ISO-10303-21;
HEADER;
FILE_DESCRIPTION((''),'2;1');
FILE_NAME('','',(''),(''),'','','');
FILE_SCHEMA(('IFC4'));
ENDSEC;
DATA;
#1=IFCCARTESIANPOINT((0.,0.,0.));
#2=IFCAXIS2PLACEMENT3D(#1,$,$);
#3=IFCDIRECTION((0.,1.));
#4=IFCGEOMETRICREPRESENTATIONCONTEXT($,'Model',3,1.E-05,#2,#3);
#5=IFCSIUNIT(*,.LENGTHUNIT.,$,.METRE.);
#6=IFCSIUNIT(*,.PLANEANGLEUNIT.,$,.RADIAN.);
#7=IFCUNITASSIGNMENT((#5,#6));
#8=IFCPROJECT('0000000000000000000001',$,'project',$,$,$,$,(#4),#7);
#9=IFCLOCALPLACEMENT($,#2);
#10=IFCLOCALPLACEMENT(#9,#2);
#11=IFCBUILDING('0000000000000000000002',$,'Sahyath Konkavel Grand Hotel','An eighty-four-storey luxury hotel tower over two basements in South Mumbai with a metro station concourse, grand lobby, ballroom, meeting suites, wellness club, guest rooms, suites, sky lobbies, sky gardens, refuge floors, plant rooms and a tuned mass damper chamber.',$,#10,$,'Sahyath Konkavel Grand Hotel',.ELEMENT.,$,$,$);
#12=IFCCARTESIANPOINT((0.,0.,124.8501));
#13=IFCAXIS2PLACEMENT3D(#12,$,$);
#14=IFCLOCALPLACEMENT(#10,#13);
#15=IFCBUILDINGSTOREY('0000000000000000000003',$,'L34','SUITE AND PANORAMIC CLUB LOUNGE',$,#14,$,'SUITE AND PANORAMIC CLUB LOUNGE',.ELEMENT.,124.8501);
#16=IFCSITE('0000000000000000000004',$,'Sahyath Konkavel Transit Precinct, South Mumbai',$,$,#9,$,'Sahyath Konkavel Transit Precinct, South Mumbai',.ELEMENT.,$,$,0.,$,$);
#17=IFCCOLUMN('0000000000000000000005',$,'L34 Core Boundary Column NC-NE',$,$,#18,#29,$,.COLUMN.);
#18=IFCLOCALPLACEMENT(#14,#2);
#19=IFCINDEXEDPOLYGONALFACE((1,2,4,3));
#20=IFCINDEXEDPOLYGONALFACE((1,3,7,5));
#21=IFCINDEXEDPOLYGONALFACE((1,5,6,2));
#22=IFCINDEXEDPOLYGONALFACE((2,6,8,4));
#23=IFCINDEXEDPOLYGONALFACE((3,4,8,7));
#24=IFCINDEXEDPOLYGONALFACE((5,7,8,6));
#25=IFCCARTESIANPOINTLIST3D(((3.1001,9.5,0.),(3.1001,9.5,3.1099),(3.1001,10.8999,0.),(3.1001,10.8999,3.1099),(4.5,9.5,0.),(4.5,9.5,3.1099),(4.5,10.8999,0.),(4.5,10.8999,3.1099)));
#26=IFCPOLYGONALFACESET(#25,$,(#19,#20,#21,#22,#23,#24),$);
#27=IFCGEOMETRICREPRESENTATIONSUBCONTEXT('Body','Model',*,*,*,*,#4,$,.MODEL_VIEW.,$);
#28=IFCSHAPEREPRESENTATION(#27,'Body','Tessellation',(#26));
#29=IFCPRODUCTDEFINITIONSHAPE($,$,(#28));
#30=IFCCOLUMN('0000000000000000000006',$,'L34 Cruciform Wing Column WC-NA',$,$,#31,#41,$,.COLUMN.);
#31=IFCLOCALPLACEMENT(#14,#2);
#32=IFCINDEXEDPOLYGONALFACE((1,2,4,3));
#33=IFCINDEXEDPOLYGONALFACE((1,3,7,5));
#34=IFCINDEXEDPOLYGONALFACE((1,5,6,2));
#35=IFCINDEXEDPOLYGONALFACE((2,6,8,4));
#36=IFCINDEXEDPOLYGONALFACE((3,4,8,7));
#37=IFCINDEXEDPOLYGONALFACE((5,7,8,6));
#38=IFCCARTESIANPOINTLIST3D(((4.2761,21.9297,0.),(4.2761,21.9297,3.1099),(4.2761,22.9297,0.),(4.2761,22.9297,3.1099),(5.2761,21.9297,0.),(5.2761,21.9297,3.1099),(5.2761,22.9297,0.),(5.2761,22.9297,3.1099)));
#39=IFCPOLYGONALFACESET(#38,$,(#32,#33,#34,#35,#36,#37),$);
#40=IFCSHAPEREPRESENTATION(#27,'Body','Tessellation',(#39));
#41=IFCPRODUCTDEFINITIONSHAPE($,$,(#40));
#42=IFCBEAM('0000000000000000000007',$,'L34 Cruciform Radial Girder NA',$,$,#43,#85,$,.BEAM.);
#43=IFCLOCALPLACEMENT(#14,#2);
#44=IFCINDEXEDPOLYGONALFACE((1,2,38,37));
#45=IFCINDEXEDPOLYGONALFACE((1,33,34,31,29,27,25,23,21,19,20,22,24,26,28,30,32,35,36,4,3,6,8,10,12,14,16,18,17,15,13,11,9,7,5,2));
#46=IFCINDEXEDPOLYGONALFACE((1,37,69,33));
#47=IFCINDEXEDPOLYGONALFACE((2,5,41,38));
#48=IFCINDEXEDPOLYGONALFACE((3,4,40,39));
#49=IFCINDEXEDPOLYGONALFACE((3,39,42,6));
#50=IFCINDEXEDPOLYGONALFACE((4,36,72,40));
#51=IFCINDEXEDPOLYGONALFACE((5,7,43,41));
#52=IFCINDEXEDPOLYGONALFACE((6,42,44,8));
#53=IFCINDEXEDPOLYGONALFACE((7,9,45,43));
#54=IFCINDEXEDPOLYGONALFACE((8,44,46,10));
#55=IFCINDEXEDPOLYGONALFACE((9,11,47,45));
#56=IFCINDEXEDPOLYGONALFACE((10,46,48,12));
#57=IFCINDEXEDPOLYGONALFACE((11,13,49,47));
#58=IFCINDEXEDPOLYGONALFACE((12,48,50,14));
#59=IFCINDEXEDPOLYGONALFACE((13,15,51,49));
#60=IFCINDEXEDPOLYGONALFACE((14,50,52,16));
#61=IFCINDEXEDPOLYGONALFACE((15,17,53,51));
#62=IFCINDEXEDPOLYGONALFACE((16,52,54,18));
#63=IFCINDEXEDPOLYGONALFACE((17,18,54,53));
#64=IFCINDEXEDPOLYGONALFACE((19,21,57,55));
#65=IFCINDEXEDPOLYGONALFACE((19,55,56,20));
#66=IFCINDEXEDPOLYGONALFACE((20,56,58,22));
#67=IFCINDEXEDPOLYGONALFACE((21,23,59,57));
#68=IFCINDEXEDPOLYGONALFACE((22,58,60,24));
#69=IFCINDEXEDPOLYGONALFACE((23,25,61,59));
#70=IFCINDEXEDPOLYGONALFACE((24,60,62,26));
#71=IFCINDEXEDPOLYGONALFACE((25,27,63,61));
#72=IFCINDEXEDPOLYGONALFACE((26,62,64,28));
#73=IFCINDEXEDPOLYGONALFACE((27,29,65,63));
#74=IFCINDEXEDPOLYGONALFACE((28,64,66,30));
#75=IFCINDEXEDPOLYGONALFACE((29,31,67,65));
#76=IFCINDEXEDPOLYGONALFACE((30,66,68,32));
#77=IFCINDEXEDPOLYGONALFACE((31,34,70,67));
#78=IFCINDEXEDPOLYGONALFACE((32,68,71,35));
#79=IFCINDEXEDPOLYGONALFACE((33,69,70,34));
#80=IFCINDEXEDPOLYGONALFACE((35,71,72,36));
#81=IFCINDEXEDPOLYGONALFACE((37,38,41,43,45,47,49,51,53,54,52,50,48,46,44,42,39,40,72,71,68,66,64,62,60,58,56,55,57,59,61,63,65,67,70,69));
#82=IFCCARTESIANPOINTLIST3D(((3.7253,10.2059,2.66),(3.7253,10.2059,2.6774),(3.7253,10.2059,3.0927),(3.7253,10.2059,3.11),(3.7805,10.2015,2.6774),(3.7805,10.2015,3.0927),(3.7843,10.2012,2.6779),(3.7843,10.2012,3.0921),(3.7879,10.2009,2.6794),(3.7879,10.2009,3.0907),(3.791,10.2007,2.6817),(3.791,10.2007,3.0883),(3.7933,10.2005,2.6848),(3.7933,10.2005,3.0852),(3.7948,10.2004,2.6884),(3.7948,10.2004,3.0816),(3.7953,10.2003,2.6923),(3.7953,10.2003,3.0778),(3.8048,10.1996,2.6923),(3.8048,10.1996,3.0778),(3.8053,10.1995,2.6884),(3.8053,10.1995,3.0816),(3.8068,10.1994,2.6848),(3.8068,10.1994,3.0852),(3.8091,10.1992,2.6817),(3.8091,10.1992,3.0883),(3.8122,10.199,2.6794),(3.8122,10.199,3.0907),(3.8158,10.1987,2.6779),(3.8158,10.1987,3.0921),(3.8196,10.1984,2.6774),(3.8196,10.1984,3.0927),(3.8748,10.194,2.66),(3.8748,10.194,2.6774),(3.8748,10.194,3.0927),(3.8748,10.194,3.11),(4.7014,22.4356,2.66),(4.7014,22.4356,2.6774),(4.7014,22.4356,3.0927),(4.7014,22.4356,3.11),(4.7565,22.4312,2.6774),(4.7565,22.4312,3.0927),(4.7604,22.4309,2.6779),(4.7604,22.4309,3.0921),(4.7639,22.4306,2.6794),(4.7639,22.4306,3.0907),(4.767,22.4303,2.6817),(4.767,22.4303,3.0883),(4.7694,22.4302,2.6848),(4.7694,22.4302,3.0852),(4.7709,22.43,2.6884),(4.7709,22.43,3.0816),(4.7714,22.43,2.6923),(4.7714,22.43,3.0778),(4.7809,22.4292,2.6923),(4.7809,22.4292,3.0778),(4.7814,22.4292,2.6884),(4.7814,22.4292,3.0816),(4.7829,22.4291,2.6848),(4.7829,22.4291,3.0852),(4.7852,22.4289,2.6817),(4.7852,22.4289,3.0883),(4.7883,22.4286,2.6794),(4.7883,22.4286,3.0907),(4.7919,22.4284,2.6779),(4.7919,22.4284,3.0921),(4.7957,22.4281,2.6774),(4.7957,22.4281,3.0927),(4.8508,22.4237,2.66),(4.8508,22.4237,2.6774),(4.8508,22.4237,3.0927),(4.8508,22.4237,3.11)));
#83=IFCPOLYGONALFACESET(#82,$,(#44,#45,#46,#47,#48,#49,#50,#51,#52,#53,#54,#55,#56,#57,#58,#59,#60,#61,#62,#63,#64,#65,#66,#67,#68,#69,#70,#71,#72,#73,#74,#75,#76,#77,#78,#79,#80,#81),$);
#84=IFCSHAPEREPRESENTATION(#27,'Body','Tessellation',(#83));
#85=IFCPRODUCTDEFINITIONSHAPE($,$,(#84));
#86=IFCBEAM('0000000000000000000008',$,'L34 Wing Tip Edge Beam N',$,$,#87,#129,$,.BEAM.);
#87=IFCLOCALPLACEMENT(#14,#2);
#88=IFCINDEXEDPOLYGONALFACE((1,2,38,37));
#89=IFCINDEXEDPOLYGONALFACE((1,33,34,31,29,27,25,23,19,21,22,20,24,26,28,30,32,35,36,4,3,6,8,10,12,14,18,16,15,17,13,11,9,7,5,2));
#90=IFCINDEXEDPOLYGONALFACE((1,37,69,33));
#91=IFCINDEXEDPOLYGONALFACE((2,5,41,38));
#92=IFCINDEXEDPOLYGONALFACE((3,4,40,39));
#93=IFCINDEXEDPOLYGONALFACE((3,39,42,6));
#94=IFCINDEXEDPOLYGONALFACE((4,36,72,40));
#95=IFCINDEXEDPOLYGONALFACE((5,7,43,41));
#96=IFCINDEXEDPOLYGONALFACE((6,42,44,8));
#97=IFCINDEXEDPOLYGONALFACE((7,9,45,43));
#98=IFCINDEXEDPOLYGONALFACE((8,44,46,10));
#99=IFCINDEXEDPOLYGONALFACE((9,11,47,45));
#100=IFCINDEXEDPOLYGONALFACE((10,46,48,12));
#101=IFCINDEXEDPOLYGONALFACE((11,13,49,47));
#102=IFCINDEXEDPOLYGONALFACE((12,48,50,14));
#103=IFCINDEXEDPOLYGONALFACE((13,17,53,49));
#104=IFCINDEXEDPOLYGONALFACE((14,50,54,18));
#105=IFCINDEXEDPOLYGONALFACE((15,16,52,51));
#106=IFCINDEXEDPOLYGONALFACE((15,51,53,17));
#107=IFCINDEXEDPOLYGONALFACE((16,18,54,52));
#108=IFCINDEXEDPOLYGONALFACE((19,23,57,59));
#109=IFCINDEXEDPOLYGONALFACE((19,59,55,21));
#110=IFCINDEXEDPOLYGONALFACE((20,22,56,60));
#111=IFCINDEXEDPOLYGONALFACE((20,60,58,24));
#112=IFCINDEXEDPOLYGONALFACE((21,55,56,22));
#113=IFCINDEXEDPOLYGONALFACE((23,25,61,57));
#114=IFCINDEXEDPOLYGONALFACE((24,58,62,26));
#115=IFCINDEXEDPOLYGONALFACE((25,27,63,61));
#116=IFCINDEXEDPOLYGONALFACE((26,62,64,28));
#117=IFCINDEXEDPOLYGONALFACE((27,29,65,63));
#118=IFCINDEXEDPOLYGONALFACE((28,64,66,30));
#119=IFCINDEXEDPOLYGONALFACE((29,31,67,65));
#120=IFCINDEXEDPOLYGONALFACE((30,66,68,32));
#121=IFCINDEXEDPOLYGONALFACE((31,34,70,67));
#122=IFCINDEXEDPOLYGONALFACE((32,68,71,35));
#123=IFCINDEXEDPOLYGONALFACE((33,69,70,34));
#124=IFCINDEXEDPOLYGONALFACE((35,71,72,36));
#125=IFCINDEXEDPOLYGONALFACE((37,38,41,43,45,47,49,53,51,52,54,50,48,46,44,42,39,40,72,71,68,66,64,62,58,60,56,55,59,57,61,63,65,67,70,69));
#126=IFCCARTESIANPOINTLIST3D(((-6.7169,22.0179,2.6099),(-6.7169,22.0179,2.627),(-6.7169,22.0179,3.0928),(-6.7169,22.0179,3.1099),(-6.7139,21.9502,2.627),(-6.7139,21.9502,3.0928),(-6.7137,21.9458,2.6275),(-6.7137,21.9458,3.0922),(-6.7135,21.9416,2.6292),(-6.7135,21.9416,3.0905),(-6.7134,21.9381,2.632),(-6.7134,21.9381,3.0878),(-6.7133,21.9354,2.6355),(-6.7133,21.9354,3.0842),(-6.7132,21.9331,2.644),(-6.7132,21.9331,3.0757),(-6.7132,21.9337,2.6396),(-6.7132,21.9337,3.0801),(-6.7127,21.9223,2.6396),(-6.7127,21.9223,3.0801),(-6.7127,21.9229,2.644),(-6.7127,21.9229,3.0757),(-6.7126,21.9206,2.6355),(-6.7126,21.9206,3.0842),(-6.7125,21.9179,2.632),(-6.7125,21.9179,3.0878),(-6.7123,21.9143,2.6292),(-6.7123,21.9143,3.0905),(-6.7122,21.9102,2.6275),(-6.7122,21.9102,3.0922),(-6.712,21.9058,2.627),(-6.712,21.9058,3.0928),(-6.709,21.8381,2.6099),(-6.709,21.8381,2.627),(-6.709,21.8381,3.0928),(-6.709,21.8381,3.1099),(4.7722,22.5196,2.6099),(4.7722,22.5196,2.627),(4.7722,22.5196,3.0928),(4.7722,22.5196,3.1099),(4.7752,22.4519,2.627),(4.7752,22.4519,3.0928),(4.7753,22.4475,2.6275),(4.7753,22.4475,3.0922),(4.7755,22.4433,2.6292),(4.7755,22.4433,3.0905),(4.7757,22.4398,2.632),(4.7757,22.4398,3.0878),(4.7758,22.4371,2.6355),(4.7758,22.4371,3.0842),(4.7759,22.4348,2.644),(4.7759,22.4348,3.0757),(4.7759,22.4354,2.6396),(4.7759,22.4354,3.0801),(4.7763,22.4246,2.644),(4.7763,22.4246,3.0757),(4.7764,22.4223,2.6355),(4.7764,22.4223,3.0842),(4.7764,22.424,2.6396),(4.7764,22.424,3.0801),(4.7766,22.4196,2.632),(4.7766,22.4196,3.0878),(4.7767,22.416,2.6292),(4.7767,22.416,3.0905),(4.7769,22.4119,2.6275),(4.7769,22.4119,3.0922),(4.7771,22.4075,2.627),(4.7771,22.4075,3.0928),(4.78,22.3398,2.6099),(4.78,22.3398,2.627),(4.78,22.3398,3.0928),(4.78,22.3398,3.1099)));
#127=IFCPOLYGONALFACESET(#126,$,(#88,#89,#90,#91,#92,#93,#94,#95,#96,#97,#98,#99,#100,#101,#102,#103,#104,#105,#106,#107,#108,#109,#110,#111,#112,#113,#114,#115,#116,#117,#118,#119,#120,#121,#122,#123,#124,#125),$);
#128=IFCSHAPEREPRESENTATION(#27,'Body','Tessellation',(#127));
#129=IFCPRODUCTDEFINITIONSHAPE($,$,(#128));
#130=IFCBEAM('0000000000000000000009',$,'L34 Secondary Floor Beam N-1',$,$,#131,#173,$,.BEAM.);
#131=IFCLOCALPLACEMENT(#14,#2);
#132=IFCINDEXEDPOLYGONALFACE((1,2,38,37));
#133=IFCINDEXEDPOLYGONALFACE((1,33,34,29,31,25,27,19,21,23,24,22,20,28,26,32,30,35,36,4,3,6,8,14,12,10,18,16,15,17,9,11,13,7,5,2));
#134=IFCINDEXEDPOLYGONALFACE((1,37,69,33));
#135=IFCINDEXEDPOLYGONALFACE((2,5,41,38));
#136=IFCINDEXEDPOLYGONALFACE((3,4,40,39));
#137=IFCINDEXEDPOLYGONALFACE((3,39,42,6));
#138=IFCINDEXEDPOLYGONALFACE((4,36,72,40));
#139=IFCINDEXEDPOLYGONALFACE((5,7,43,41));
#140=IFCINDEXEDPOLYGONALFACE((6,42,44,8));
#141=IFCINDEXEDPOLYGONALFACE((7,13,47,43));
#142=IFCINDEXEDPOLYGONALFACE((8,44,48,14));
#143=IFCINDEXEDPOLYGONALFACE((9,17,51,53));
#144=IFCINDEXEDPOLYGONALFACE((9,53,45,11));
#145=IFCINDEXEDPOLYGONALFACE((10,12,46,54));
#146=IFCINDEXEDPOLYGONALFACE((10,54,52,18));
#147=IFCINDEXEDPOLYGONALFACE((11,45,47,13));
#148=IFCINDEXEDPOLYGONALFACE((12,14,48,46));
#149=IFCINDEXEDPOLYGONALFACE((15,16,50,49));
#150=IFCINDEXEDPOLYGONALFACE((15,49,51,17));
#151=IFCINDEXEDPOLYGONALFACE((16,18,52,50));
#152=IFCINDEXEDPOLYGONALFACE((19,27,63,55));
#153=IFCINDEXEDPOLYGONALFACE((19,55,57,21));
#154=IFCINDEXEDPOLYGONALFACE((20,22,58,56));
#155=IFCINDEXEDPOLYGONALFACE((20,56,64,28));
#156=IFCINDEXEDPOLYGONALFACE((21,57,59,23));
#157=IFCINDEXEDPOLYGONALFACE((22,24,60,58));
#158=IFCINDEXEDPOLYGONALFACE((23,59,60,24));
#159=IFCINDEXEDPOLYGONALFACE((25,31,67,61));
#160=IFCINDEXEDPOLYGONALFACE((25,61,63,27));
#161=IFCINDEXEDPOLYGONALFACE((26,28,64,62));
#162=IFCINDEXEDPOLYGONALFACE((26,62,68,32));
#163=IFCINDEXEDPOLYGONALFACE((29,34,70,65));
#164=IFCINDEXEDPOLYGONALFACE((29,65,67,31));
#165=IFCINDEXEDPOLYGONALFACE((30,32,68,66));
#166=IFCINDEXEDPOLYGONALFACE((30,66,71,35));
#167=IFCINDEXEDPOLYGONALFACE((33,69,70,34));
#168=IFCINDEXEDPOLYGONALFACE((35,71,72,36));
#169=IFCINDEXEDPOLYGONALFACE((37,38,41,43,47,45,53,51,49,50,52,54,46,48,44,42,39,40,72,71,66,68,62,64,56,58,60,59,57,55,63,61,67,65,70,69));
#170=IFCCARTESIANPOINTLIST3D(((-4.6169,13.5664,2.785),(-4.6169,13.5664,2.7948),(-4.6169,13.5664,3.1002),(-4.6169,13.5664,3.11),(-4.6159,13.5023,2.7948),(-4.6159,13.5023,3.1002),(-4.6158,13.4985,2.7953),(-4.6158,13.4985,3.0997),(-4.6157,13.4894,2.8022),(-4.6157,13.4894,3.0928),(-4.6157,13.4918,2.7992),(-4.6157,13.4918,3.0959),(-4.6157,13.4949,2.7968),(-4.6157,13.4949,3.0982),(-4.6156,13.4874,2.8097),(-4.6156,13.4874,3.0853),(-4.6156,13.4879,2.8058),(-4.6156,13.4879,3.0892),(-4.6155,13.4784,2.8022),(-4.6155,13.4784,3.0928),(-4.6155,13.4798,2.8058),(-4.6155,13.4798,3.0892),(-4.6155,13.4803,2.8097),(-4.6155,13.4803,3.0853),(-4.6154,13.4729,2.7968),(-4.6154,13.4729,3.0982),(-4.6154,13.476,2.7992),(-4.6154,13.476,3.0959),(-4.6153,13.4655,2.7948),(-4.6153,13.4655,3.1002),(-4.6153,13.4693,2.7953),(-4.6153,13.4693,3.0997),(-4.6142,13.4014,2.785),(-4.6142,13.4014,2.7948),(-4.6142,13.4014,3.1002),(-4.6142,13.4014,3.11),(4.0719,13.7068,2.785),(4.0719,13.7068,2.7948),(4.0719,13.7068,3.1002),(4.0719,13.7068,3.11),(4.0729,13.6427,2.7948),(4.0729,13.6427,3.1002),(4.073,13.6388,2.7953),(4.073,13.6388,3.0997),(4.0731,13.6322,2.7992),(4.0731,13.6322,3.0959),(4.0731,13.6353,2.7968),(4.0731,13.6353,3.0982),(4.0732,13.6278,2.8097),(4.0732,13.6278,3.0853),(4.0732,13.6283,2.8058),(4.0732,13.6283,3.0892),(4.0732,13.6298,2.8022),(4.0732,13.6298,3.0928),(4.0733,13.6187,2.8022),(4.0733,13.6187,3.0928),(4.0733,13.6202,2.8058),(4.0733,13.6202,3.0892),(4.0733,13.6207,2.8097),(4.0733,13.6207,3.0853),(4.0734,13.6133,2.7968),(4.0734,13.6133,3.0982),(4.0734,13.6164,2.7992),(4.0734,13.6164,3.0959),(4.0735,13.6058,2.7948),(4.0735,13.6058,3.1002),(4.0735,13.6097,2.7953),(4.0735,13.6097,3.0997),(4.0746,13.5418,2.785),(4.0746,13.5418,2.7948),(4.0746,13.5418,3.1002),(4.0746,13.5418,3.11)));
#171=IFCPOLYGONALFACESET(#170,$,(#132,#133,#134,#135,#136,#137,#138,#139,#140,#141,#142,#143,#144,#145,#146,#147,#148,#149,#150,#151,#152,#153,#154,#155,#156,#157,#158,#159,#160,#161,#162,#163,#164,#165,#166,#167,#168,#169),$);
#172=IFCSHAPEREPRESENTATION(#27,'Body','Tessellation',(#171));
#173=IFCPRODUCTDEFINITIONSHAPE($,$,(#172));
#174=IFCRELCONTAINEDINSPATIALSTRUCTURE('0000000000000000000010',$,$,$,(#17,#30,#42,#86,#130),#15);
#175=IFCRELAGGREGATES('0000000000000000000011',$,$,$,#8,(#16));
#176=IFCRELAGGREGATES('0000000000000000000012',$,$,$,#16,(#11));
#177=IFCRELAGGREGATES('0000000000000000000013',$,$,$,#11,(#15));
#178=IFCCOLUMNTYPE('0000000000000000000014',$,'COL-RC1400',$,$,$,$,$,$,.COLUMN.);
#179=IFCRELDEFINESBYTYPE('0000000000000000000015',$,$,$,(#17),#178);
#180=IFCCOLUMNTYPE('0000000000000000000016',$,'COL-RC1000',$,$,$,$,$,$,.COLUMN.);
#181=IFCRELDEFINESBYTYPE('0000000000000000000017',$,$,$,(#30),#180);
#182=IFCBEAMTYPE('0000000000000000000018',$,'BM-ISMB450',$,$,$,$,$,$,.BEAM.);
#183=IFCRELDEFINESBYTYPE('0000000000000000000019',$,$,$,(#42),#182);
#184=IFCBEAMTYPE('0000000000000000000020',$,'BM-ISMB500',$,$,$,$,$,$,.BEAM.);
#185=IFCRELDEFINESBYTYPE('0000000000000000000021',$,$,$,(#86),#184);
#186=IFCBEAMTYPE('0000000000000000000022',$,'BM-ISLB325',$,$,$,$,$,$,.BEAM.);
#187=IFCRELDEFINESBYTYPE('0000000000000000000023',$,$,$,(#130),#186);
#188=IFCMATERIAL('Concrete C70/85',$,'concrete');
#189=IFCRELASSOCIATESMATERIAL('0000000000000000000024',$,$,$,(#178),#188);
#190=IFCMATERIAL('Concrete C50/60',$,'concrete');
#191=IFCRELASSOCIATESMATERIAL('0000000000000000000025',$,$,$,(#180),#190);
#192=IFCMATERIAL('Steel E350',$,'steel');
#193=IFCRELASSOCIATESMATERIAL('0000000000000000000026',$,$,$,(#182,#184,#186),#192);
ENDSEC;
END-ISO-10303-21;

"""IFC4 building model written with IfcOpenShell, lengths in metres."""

from ifc_helpers import new_model, si_unit, direction, frame, origin, origin_2d, place, context, subcontext, project, spatial, rectangle, i_section, extrude, source, transform, mapped, material, material_profile, profile_set, type_object, element, save


model = new_model("IFC4")

# Units and contexts
model_context = context("Model", 3, precision=1e-05, world=origin(), true_north=direction((0.0, 1.0)))
body_context = subcontext(model_context, "Body", "Model", "MODEL_VIEW")
ifc_project = project(units=[si_unit("LENGTHUNIT", "METRE"), si_unit("PLANEANGLEUNIT", "RADIAN")], contexts=[model_context])

# Site, building, storey
site_placement = place(None, origin())
site = spatial("IfcSite", under=ifc_project, at=site_placement, Name="Sahyath Konkavel Transit Precinct, South Mumbai", LongName="Sahyath Konkavel Transit Precinct, South Mumbai", CompositionType="ELEMENT", RefElevation=0.0)
building_placement = place(site_placement, origin())
building = spatial("IfcBuilding", under=site, at=building_placement, Name="Sahyath Konkavel Grand Hotel", Description="An eighty-four-storey luxury hotel tower over two basements in South Mumbai with a metro station concourse, grand lobby, ballroom, meeting suites, wellness club, guest rooms, suites, sky lobbies, sky gardens, refuge floors, plant rooms and a tuned mass damper chamber.", LongName="Sahyath Konkavel Grand Hotel", CompositionType="ELEMENT")
storey_placement = place(building_placement, frame((0.0, 0.0, 124.8501)))
storey = spatial("IfcBuildingStorey", under=building, at=storey_placement, Name="L34", Description="SUITE AND PANORAMIC CLUB LOUNGE", LongName="SUITE AND PANORAMIC CLUB LOUNGE", CompositionType="ELEMENT", Elevation=124.8501)

# Columns
ifc_material_1 = material(Name="Concrete C70/85", Category="concrete")
ifc_material_profile_1 = material_profile(ifc_material_1, rectangle(XDim=1.3999, YDim=1.3999, at=origin_2d()), Name="RC 1400x1400")
ifc_profile_set_1 = profile_set([ifc_material_profile_1], Name="Concrete C70/85")
column_type_1 = type_object("IfcColumnType", Name="COL-RC1400", PredefinedType="COLUMN", material=ifc_profile_set_1)
shared_shape_1 = source(origin(), body_context, "Body", "SweptSolid", [
    extrude(rectangle(XDim=1.3999, YDim=1.3999, at=origin_2d()), origin(), (0.0, 0.0, 1.0), 3.1099),
])
column_1_placement = place(storey_placement, frame((3.8, 10.2, 0.0), z_axis=(0.0, 0.0, 1.0), x_axis=(1.0, 0.0, 0.0)))
element("IfcColumn", 1, at=column_1_placement, inside=storey, type_object=column_type_1, Name="L34 Core Boundary Column NC-NE", PredefinedType="COLUMN", context=body_context, shape_type="MappedRepresentation", body=[
    mapped(shared_shape_1, transform((0.0, 0.0, 0.0), scale=1.0)),
])
ifc_material_2 = material(Name="Concrete C50/60", Category="concrete")
ifc_material_profile_2 = material_profile(ifc_material_2, rectangle(XDim=1.0, YDim=1.0, at=origin_2d()), Name="RC 1000x1000")
ifc_profile_set_2 = profile_set([ifc_material_profile_2], Name="Concrete C50/60")
column_type_2 = type_object("IfcColumnType", Name="COL-RC1000", PredefinedType="COLUMN", material=ifc_profile_set_2)
shared_shape_2 = source(origin(), body_context, "Body", "SweptSolid", [
    extrude(rectangle(XDim=1.0, YDim=1.0, at=origin_2d()), origin(), (0.0, 0.0, 1.0), 3.1099),
])
column_2_placement = place(storey_placement, frame((4.7761, 22.4297, 0.0), z_axis=(0.0, 0.0, 1.0), x_axis=(1.0, 0.0, 0.0)))
element("IfcColumn", 2, at=column_2_placement, inside=storey, type_object=column_type_2, Name="L34 Cruciform Wing Column WC-NA", PredefinedType="COLUMN", context=body_context, shape_type="MappedRepresentation", body=[
    mapped(shared_shape_2, transform((0.0, 0.0, 0.0), scale=1.0)),
])

# Beams
ifc_material_3 = material(Name="Steel E350", Category="steel")
ifc_material_profile_3 = material_profile(ifc_material_3, i_section(OverallWidth=0.1499, OverallDepth=0.45, WebThickness=0.0095, FlangeThickness=0.0173, FilletRadius=0.0149, at=origin_2d()), Name="ISMB 450")
ifc_profile_set_3 = profile_set([ifc_material_profile_3], Name="Steel E350")
beam_type_1 = type_object("IfcBeamType", Name="BM-ISMB450", PredefinedType="BEAM", material=ifc_profile_set_3)
shared_shape_3 = source(origin(), body_context, "Body", "SweptSolid", [
    extrude(i_section(OverallWidth=0.1499, OverallDepth=0.45, WebThickness=0.0095, FlangeThickness=0.0173, FilletRadius=0.0149, at=origin_2d()), origin(), (0.0, 0.0, 1.0), 12.2686),
])
beam_1_placement = place(storey_placement, frame((3.8, 10.2, 2.885), z_axis=(0.079559, 0.99683, 0.0), x_axis=(-0.99683, 0.079559, 0.0)))
element("IfcBeam", 3, at=beam_1_placement, inside=storey, type_object=beam_type_1, Name="L34 Cruciform Radial Girder NA", PredefinedType="BEAM", context=body_context, shape_type="MappedRepresentation", body=[
    mapped(shared_shape_3, transform((0.0, 0.0, 0.0), scale=1.0)),
])
ifc_material_profile_4 = material_profile(ifc_material_3, i_section(OverallWidth=0.1799, OverallDepth=0.5, WebThickness=0.0103, FlangeThickness=0.0171, FilletRadius=0.0171, at=origin_2d()), Name="ISMB 500")
ifc_profile_set_4 = profile_set([ifc_material_profile_4], Name="Steel E350")
beam_type_2 = type_object("IfcBeamType", Name="BM-ISMB500", PredefinedType="BEAM", material=ifc_profile_set_4)
shared_shape_4 = source(origin(), body_context, "Body", "SweptSolid", [
    extrude(i_section(OverallWidth=0.1799, OverallDepth=0.5, WebThickness=0.0103, FlangeThickness=0.0171, FilletRadius=0.0171, at=origin_2d()), origin(), (0.0, 0.0, 1.0), 11.5),
])
beam_2_placement = place(storey_placement, frame((4.7761, 22.4297, 2.8599), z_axis=(-0.999048, -0.043627, 0.0), x_axis=(0.043627, -0.999048, 0.0)))
element("IfcBeam", 4, at=beam_2_placement, inside=storey, type_object=beam_type_2, Name="L34 Wing Tip Edge Beam N", PredefinedType="BEAM", context=body_context, shape_type="MappedRepresentation", body=[
    mapped(shared_shape_4, transform((0.0, 0.0, 0.0), scale=1.0)),
])
ifc_material_profile_5 = material_profile(ifc_material_3, i_section(OverallWidth=0.165, OverallDepth=0.325, WebThickness=0.0071, FlangeThickness=0.0098, FilletRadius=0.0149, at=origin_2d()), Name="ISLB 325")
ifc_profile_set_5 = profile_set([ifc_material_profile_5], Name="Steel E350")
beam_type_3 = type_object("IfcBeamType", Name="BM-ISLB325", PredefinedType="BEAM", material=ifc_profile_set_5)
shared_shape_5 = source(origin(), body_context, "Body", "SweptSolid", [
    extrude(i_section(OverallWidth=0.165, OverallDepth=0.325, WebThickness=0.0071, FlangeThickness=0.0098, FilletRadius=0.0149, at=origin_2d()), origin(), (0.0, 0.0, 1.0), 8.6899),
])
beam_3_placement = place(storey_placement, frame((4.0732, 13.6243, 2.9475), z_axis=(-0.99987, -0.016155, 0.0), x_axis=(0.016155, -0.99987, 0.0)))
element("IfcBeam", 5, at=beam_3_placement, inside=storey, type_object=beam_type_3, Name="L34 Secondary Floor Beam N-1", PredefinedType="BEAM", context=body_context, shape_type="MappedRepresentation", body=[
    mapped(shared_shape_5, transform((0.0, 0.0, 0.0), scale=1.0)),
])

save(model, "model.ifc")
